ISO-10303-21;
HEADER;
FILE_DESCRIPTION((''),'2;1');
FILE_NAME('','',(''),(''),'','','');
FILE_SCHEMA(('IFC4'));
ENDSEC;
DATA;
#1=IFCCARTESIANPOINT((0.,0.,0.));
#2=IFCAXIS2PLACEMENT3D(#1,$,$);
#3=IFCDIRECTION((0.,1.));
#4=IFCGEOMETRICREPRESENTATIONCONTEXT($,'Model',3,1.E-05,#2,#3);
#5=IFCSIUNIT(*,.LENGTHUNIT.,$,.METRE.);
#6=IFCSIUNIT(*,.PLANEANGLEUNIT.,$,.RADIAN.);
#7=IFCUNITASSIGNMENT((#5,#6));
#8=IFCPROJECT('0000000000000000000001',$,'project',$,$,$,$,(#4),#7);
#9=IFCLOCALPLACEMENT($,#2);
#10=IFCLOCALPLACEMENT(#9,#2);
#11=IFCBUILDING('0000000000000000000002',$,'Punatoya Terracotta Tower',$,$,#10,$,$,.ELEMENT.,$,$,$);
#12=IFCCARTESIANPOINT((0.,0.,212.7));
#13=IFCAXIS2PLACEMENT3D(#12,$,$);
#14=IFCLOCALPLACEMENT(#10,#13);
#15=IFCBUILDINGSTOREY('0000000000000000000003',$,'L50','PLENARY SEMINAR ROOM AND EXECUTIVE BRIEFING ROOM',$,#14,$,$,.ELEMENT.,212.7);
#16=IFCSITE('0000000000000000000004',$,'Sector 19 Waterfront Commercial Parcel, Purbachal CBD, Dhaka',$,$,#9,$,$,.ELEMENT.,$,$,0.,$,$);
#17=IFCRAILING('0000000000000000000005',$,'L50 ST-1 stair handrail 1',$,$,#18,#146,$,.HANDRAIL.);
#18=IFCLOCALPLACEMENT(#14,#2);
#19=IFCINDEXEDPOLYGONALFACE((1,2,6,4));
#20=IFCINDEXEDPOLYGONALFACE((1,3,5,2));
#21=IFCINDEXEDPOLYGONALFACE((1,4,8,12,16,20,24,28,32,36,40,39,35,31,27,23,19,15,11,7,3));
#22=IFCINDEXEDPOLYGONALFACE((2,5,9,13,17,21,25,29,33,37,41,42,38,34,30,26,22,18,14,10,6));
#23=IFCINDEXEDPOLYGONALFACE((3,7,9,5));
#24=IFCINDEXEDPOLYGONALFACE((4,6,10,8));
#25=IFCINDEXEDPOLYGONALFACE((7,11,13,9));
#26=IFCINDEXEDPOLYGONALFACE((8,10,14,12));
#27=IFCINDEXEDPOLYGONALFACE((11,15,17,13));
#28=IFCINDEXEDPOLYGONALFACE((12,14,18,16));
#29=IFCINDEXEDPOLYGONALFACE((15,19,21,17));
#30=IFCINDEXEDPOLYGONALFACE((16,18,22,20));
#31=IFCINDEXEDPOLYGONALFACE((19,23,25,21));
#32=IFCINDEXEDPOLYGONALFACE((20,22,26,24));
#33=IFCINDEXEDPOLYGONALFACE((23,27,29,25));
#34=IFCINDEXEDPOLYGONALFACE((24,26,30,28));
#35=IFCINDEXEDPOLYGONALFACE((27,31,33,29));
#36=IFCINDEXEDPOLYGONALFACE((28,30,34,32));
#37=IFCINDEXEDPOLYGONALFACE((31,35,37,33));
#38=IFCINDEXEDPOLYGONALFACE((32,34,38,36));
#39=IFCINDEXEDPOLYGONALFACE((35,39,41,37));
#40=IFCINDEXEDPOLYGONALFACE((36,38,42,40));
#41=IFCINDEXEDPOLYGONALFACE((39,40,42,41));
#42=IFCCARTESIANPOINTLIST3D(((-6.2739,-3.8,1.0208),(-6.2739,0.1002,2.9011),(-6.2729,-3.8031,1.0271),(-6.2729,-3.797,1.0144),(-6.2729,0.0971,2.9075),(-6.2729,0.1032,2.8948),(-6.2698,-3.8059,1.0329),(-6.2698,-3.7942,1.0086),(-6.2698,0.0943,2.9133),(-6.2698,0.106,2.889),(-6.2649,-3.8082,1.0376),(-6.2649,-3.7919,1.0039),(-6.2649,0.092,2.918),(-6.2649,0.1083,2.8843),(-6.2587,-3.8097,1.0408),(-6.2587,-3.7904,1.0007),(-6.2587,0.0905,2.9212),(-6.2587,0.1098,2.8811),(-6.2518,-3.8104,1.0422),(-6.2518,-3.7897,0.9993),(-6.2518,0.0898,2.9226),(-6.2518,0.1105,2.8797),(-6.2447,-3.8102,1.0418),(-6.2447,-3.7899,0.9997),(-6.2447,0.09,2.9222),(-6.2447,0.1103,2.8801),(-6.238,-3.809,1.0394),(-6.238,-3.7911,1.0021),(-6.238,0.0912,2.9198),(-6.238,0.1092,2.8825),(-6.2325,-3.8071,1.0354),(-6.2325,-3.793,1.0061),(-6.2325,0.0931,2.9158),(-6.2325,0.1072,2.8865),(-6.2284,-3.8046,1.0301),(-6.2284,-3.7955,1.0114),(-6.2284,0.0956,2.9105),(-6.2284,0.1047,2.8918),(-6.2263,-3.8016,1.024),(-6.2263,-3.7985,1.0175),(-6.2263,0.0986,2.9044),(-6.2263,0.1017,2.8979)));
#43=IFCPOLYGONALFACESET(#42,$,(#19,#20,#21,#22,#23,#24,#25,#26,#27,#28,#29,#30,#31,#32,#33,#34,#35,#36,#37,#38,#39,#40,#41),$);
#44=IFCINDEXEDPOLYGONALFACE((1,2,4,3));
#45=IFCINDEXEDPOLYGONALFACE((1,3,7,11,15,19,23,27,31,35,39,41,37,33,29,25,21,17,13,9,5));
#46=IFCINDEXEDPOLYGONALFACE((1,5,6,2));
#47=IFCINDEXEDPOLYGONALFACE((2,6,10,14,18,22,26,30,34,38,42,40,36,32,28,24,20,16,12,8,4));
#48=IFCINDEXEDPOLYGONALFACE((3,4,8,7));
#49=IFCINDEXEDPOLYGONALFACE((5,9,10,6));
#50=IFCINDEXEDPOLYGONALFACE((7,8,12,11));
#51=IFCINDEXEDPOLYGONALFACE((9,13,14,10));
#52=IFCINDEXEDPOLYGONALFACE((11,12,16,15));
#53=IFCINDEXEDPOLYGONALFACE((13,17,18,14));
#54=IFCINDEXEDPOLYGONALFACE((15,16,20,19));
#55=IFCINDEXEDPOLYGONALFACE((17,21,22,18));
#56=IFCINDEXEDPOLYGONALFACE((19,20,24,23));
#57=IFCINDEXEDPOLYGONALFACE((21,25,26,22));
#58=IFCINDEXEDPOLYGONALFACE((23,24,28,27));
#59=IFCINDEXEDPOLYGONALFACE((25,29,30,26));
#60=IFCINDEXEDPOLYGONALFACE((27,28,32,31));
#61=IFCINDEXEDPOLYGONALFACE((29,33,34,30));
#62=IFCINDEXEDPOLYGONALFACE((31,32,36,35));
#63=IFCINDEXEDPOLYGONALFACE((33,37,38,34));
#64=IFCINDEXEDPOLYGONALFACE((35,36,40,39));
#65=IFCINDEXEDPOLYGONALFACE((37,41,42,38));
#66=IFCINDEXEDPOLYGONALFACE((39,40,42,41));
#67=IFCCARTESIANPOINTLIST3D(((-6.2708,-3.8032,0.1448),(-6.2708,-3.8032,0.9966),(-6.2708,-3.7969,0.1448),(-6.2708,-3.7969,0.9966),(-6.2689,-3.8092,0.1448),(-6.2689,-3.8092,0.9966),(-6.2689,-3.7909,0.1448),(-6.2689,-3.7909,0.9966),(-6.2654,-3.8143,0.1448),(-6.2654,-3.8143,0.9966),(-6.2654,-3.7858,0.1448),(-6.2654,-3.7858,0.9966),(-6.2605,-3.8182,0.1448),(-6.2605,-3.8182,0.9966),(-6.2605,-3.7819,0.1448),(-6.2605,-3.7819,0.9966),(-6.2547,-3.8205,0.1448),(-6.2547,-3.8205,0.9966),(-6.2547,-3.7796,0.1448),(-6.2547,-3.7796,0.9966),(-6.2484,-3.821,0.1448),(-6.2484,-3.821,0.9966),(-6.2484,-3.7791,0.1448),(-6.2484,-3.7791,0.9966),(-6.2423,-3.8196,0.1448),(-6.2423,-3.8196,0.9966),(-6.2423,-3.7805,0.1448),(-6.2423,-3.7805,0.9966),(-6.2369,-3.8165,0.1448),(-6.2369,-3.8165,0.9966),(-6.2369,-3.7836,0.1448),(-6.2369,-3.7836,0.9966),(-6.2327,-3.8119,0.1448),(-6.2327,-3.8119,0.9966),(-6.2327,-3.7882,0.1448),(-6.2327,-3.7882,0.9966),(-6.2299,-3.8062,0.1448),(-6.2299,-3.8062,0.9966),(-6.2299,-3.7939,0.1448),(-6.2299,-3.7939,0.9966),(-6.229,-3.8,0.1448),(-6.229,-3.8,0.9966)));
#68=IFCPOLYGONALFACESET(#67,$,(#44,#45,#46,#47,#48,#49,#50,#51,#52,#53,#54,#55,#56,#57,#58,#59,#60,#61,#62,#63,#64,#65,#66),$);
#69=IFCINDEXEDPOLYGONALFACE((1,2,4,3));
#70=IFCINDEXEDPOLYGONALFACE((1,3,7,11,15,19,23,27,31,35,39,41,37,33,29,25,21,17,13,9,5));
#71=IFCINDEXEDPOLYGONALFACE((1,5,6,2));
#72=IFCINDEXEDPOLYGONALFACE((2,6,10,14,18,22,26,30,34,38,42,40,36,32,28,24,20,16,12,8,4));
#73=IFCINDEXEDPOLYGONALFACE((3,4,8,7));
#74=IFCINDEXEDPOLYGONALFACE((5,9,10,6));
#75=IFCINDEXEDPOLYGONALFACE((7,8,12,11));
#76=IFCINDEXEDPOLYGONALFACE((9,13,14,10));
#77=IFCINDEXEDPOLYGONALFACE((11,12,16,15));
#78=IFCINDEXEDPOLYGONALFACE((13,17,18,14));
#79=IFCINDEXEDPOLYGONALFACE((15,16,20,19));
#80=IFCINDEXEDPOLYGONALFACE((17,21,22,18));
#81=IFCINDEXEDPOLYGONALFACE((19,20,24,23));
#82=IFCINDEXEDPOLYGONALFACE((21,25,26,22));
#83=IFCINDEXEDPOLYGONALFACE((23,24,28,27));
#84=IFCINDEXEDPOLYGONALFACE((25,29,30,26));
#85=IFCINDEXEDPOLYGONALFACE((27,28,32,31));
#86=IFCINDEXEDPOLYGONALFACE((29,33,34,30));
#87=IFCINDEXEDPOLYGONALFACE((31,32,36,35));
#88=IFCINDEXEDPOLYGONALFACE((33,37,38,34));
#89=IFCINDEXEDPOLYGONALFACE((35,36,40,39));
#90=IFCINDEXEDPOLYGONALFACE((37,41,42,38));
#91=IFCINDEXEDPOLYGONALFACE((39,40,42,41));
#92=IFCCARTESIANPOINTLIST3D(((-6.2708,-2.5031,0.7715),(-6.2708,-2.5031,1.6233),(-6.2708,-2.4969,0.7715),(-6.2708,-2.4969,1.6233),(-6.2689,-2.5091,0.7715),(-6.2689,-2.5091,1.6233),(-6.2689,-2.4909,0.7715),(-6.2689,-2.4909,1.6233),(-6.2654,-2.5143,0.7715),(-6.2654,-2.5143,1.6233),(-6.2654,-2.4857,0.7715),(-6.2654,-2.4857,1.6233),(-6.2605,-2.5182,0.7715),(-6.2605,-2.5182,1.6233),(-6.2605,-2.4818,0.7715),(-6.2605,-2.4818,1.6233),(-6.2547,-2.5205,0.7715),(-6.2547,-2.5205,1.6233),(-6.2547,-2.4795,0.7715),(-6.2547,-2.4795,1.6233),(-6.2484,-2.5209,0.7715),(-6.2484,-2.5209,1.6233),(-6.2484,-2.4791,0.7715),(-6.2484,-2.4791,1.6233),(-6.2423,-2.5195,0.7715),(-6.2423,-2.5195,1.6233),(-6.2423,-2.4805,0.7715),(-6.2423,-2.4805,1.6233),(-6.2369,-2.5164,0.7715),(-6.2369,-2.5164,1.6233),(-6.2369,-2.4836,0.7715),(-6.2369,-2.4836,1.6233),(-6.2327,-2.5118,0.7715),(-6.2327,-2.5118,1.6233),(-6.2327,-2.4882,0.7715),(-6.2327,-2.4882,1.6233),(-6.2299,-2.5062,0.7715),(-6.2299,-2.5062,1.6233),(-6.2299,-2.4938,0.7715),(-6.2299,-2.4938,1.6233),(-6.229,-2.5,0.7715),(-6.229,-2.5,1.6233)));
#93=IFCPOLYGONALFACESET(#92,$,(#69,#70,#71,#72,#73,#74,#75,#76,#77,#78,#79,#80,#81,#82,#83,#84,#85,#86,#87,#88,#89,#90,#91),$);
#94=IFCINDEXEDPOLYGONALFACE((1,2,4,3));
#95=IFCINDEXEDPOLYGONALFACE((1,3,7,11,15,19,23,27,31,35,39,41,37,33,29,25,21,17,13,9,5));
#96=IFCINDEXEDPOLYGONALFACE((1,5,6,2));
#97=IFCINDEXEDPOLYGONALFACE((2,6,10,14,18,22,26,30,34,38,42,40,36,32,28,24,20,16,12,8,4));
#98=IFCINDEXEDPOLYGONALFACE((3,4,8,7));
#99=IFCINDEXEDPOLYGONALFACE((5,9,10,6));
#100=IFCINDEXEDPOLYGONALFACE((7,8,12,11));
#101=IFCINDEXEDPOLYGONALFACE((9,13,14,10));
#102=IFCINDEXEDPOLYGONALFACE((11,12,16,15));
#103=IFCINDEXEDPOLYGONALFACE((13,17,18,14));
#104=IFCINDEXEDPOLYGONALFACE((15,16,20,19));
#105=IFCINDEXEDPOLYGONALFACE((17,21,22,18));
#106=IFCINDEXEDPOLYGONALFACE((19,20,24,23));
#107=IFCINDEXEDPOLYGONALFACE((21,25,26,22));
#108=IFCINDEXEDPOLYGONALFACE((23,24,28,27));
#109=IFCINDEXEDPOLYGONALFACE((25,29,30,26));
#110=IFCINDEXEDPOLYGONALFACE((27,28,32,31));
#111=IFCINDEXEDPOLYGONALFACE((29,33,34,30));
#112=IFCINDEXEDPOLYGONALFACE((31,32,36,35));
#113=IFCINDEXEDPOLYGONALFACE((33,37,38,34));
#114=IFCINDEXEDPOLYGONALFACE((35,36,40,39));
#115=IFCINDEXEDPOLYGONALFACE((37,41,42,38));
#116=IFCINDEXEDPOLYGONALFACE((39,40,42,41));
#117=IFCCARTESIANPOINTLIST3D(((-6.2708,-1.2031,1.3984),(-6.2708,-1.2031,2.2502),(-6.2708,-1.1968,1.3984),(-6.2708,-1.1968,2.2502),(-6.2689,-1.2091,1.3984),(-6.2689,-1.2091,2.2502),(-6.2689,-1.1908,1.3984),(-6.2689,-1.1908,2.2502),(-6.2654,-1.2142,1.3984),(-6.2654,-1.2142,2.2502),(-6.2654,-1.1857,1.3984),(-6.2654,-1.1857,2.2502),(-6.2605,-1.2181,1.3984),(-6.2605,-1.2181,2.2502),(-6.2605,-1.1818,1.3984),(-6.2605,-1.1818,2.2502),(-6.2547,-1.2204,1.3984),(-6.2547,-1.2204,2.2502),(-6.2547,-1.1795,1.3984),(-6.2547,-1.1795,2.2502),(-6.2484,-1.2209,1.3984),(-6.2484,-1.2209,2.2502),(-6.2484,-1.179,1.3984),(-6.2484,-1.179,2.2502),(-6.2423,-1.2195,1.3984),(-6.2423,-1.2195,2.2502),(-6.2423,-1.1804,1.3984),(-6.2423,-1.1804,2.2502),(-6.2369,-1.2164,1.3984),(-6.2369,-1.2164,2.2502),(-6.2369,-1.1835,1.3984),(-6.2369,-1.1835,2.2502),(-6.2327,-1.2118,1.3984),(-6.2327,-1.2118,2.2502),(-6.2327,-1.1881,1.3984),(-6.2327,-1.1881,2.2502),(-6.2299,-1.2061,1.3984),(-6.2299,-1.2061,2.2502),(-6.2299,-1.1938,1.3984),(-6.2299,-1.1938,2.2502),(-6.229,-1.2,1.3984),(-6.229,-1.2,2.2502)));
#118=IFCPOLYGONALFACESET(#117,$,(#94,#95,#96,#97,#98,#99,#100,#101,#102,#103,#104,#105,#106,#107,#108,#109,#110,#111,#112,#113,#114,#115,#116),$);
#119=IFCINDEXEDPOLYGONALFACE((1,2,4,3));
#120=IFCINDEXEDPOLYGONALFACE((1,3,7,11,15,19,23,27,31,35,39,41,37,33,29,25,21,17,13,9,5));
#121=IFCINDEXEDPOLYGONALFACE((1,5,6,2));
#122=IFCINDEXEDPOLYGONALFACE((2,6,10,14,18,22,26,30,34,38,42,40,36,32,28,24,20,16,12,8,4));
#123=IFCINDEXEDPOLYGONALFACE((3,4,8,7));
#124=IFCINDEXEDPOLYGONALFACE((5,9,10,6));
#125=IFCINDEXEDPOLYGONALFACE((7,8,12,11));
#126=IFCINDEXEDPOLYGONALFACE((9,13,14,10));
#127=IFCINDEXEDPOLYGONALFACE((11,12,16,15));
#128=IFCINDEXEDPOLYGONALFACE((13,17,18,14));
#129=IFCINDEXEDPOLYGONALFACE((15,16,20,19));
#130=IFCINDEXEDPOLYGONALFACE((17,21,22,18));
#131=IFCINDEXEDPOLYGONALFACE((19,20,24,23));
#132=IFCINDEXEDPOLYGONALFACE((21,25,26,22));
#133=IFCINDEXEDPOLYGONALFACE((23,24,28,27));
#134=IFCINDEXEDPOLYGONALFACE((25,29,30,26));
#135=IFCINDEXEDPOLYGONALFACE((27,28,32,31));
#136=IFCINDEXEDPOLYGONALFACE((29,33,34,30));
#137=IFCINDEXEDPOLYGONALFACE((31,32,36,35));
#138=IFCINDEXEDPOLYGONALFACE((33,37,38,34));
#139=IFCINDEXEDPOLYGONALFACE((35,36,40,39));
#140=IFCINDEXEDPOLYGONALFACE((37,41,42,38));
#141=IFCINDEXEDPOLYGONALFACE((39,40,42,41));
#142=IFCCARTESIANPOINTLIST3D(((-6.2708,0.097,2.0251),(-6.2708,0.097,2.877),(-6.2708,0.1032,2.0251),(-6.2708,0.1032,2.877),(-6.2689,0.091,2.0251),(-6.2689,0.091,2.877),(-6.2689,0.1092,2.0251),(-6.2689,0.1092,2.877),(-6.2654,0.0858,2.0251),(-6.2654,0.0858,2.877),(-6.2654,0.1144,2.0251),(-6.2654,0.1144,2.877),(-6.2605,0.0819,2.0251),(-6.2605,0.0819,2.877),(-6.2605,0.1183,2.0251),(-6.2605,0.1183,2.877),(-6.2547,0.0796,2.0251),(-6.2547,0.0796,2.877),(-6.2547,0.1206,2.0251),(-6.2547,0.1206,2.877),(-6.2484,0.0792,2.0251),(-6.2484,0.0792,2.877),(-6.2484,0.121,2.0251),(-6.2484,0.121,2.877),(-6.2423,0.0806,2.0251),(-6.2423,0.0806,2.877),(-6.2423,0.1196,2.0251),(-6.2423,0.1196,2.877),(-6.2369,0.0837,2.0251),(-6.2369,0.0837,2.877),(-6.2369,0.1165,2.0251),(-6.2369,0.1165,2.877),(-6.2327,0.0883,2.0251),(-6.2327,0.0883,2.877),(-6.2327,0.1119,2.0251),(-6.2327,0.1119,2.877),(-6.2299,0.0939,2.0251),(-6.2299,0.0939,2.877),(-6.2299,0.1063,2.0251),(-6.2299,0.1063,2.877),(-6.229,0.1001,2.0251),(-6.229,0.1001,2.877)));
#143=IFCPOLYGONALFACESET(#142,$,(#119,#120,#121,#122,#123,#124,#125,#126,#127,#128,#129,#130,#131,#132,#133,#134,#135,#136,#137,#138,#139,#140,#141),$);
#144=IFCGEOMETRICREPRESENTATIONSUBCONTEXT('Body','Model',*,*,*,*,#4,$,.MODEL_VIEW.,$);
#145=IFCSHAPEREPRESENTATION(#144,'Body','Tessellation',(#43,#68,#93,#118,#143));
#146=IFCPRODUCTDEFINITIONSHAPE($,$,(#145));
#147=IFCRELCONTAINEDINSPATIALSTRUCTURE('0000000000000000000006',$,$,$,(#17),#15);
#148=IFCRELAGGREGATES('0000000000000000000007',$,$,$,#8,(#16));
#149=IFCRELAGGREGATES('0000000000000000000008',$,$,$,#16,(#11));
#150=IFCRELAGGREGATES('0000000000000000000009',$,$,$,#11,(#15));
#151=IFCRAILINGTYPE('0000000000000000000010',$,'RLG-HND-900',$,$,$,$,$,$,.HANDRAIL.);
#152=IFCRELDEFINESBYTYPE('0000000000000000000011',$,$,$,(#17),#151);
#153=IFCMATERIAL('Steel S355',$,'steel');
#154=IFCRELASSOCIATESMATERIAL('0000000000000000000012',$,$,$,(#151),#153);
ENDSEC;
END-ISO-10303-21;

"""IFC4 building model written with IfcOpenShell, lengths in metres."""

from ifc_helpers import new_model, si_unit, direction, frame, origin, origin_2d, place, context, subcontext, project, spatial, circle, extrude, material, type_object, element, save


model = new_model("IFC4")

# Units and contexts
model_context = context("Model", 3, precision=1e-05, world=origin(), true_north=direction((0.0, 1.0)))
body_context = subcontext(model_context, "Body", "Model", "MODEL_VIEW")
ifc_project = project(units=[si_unit("LENGTHUNIT", "METRE"), si_unit("PLANEANGLEUNIT", "RADIAN")], contexts=[model_context])

# Site, building, storey
site_placement = place(None, origin())
site = spatial("IfcSite", under=ifc_project, at=site_placement, Name="Sector 19 Waterfront Commercial Parcel, Purbachal CBD, Dhaka", CompositionType="ELEMENT", RefElevation=0.0)
building_placement = place(site_placement, origin())
building = spatial("IfcBuilding", under=site, at=building_placement, Name="Punatoya Terracotta Tower", CompositionType="ELEMENT")
storey_placement = place(building_placement, frame((0.0, 0.0, 212.7)))
storey = spatial("IfcBuildingStorey", under=building, at=storey_placement, Name="L50", Description="PLENARY SEMINAR ROOM AND EXECUTIVE BRIEFING ROOM", CompositionType="ELEMENT", Elevation=212.7)

# Shared definitions
ifc_material_1 = material(Name="Steel S355", Category="steel")

# Railing
railing_type_1 = type_object("IfcRailingType", Name="RLG-HND-900", PredefinedType="HANDRAIL", material=ifc_material_1)
railing_1_placement = place(storey_placement, frame((-6.25, -3.8, 0.1448)))
element("IfcRailing", 1, at=railing_1_placement, inside=storey, type_object=railing_type_1, Name="L50 ST-1 stair handrail 1", PredefinedType="HANDRAIL", context=body_context, shape_type="SweptSolid", body=[
    extrude(circle(Radius=0.0239, at=origin_2d()), frame((0.0, 0.0, 0.876), z_axis=(0.0, 0.900774, 0.434289), x_axis=(-1.0, 0.0, 0.0)), (0.0, 0.0, 1.0), 4.3298),
    extrude(circle(Radius=0.021, at=origin_2d()), origin(), (0.0, 0.0, 1.0), 0.8518),
    extrude(circle(Radius=0.021, at=origin_2d()), frame((0.0, 1.3, 0.6267)), (0.0, 0.0, 1.0), 0.8518),
    extrude(circle(Radius=0.021, at=origin_2d()), frame((0.0, 2.6001, 1.2537)), (0.0, 0.0, 1.0), 0.8518),
    extrude(circle(Radius=0.021, at=origin_2d()), frame((0.0, 3.9001, 1.8804)), (0.0, 0.0, 1.0), 0.8518),
])

save(model, "model.ifc")
